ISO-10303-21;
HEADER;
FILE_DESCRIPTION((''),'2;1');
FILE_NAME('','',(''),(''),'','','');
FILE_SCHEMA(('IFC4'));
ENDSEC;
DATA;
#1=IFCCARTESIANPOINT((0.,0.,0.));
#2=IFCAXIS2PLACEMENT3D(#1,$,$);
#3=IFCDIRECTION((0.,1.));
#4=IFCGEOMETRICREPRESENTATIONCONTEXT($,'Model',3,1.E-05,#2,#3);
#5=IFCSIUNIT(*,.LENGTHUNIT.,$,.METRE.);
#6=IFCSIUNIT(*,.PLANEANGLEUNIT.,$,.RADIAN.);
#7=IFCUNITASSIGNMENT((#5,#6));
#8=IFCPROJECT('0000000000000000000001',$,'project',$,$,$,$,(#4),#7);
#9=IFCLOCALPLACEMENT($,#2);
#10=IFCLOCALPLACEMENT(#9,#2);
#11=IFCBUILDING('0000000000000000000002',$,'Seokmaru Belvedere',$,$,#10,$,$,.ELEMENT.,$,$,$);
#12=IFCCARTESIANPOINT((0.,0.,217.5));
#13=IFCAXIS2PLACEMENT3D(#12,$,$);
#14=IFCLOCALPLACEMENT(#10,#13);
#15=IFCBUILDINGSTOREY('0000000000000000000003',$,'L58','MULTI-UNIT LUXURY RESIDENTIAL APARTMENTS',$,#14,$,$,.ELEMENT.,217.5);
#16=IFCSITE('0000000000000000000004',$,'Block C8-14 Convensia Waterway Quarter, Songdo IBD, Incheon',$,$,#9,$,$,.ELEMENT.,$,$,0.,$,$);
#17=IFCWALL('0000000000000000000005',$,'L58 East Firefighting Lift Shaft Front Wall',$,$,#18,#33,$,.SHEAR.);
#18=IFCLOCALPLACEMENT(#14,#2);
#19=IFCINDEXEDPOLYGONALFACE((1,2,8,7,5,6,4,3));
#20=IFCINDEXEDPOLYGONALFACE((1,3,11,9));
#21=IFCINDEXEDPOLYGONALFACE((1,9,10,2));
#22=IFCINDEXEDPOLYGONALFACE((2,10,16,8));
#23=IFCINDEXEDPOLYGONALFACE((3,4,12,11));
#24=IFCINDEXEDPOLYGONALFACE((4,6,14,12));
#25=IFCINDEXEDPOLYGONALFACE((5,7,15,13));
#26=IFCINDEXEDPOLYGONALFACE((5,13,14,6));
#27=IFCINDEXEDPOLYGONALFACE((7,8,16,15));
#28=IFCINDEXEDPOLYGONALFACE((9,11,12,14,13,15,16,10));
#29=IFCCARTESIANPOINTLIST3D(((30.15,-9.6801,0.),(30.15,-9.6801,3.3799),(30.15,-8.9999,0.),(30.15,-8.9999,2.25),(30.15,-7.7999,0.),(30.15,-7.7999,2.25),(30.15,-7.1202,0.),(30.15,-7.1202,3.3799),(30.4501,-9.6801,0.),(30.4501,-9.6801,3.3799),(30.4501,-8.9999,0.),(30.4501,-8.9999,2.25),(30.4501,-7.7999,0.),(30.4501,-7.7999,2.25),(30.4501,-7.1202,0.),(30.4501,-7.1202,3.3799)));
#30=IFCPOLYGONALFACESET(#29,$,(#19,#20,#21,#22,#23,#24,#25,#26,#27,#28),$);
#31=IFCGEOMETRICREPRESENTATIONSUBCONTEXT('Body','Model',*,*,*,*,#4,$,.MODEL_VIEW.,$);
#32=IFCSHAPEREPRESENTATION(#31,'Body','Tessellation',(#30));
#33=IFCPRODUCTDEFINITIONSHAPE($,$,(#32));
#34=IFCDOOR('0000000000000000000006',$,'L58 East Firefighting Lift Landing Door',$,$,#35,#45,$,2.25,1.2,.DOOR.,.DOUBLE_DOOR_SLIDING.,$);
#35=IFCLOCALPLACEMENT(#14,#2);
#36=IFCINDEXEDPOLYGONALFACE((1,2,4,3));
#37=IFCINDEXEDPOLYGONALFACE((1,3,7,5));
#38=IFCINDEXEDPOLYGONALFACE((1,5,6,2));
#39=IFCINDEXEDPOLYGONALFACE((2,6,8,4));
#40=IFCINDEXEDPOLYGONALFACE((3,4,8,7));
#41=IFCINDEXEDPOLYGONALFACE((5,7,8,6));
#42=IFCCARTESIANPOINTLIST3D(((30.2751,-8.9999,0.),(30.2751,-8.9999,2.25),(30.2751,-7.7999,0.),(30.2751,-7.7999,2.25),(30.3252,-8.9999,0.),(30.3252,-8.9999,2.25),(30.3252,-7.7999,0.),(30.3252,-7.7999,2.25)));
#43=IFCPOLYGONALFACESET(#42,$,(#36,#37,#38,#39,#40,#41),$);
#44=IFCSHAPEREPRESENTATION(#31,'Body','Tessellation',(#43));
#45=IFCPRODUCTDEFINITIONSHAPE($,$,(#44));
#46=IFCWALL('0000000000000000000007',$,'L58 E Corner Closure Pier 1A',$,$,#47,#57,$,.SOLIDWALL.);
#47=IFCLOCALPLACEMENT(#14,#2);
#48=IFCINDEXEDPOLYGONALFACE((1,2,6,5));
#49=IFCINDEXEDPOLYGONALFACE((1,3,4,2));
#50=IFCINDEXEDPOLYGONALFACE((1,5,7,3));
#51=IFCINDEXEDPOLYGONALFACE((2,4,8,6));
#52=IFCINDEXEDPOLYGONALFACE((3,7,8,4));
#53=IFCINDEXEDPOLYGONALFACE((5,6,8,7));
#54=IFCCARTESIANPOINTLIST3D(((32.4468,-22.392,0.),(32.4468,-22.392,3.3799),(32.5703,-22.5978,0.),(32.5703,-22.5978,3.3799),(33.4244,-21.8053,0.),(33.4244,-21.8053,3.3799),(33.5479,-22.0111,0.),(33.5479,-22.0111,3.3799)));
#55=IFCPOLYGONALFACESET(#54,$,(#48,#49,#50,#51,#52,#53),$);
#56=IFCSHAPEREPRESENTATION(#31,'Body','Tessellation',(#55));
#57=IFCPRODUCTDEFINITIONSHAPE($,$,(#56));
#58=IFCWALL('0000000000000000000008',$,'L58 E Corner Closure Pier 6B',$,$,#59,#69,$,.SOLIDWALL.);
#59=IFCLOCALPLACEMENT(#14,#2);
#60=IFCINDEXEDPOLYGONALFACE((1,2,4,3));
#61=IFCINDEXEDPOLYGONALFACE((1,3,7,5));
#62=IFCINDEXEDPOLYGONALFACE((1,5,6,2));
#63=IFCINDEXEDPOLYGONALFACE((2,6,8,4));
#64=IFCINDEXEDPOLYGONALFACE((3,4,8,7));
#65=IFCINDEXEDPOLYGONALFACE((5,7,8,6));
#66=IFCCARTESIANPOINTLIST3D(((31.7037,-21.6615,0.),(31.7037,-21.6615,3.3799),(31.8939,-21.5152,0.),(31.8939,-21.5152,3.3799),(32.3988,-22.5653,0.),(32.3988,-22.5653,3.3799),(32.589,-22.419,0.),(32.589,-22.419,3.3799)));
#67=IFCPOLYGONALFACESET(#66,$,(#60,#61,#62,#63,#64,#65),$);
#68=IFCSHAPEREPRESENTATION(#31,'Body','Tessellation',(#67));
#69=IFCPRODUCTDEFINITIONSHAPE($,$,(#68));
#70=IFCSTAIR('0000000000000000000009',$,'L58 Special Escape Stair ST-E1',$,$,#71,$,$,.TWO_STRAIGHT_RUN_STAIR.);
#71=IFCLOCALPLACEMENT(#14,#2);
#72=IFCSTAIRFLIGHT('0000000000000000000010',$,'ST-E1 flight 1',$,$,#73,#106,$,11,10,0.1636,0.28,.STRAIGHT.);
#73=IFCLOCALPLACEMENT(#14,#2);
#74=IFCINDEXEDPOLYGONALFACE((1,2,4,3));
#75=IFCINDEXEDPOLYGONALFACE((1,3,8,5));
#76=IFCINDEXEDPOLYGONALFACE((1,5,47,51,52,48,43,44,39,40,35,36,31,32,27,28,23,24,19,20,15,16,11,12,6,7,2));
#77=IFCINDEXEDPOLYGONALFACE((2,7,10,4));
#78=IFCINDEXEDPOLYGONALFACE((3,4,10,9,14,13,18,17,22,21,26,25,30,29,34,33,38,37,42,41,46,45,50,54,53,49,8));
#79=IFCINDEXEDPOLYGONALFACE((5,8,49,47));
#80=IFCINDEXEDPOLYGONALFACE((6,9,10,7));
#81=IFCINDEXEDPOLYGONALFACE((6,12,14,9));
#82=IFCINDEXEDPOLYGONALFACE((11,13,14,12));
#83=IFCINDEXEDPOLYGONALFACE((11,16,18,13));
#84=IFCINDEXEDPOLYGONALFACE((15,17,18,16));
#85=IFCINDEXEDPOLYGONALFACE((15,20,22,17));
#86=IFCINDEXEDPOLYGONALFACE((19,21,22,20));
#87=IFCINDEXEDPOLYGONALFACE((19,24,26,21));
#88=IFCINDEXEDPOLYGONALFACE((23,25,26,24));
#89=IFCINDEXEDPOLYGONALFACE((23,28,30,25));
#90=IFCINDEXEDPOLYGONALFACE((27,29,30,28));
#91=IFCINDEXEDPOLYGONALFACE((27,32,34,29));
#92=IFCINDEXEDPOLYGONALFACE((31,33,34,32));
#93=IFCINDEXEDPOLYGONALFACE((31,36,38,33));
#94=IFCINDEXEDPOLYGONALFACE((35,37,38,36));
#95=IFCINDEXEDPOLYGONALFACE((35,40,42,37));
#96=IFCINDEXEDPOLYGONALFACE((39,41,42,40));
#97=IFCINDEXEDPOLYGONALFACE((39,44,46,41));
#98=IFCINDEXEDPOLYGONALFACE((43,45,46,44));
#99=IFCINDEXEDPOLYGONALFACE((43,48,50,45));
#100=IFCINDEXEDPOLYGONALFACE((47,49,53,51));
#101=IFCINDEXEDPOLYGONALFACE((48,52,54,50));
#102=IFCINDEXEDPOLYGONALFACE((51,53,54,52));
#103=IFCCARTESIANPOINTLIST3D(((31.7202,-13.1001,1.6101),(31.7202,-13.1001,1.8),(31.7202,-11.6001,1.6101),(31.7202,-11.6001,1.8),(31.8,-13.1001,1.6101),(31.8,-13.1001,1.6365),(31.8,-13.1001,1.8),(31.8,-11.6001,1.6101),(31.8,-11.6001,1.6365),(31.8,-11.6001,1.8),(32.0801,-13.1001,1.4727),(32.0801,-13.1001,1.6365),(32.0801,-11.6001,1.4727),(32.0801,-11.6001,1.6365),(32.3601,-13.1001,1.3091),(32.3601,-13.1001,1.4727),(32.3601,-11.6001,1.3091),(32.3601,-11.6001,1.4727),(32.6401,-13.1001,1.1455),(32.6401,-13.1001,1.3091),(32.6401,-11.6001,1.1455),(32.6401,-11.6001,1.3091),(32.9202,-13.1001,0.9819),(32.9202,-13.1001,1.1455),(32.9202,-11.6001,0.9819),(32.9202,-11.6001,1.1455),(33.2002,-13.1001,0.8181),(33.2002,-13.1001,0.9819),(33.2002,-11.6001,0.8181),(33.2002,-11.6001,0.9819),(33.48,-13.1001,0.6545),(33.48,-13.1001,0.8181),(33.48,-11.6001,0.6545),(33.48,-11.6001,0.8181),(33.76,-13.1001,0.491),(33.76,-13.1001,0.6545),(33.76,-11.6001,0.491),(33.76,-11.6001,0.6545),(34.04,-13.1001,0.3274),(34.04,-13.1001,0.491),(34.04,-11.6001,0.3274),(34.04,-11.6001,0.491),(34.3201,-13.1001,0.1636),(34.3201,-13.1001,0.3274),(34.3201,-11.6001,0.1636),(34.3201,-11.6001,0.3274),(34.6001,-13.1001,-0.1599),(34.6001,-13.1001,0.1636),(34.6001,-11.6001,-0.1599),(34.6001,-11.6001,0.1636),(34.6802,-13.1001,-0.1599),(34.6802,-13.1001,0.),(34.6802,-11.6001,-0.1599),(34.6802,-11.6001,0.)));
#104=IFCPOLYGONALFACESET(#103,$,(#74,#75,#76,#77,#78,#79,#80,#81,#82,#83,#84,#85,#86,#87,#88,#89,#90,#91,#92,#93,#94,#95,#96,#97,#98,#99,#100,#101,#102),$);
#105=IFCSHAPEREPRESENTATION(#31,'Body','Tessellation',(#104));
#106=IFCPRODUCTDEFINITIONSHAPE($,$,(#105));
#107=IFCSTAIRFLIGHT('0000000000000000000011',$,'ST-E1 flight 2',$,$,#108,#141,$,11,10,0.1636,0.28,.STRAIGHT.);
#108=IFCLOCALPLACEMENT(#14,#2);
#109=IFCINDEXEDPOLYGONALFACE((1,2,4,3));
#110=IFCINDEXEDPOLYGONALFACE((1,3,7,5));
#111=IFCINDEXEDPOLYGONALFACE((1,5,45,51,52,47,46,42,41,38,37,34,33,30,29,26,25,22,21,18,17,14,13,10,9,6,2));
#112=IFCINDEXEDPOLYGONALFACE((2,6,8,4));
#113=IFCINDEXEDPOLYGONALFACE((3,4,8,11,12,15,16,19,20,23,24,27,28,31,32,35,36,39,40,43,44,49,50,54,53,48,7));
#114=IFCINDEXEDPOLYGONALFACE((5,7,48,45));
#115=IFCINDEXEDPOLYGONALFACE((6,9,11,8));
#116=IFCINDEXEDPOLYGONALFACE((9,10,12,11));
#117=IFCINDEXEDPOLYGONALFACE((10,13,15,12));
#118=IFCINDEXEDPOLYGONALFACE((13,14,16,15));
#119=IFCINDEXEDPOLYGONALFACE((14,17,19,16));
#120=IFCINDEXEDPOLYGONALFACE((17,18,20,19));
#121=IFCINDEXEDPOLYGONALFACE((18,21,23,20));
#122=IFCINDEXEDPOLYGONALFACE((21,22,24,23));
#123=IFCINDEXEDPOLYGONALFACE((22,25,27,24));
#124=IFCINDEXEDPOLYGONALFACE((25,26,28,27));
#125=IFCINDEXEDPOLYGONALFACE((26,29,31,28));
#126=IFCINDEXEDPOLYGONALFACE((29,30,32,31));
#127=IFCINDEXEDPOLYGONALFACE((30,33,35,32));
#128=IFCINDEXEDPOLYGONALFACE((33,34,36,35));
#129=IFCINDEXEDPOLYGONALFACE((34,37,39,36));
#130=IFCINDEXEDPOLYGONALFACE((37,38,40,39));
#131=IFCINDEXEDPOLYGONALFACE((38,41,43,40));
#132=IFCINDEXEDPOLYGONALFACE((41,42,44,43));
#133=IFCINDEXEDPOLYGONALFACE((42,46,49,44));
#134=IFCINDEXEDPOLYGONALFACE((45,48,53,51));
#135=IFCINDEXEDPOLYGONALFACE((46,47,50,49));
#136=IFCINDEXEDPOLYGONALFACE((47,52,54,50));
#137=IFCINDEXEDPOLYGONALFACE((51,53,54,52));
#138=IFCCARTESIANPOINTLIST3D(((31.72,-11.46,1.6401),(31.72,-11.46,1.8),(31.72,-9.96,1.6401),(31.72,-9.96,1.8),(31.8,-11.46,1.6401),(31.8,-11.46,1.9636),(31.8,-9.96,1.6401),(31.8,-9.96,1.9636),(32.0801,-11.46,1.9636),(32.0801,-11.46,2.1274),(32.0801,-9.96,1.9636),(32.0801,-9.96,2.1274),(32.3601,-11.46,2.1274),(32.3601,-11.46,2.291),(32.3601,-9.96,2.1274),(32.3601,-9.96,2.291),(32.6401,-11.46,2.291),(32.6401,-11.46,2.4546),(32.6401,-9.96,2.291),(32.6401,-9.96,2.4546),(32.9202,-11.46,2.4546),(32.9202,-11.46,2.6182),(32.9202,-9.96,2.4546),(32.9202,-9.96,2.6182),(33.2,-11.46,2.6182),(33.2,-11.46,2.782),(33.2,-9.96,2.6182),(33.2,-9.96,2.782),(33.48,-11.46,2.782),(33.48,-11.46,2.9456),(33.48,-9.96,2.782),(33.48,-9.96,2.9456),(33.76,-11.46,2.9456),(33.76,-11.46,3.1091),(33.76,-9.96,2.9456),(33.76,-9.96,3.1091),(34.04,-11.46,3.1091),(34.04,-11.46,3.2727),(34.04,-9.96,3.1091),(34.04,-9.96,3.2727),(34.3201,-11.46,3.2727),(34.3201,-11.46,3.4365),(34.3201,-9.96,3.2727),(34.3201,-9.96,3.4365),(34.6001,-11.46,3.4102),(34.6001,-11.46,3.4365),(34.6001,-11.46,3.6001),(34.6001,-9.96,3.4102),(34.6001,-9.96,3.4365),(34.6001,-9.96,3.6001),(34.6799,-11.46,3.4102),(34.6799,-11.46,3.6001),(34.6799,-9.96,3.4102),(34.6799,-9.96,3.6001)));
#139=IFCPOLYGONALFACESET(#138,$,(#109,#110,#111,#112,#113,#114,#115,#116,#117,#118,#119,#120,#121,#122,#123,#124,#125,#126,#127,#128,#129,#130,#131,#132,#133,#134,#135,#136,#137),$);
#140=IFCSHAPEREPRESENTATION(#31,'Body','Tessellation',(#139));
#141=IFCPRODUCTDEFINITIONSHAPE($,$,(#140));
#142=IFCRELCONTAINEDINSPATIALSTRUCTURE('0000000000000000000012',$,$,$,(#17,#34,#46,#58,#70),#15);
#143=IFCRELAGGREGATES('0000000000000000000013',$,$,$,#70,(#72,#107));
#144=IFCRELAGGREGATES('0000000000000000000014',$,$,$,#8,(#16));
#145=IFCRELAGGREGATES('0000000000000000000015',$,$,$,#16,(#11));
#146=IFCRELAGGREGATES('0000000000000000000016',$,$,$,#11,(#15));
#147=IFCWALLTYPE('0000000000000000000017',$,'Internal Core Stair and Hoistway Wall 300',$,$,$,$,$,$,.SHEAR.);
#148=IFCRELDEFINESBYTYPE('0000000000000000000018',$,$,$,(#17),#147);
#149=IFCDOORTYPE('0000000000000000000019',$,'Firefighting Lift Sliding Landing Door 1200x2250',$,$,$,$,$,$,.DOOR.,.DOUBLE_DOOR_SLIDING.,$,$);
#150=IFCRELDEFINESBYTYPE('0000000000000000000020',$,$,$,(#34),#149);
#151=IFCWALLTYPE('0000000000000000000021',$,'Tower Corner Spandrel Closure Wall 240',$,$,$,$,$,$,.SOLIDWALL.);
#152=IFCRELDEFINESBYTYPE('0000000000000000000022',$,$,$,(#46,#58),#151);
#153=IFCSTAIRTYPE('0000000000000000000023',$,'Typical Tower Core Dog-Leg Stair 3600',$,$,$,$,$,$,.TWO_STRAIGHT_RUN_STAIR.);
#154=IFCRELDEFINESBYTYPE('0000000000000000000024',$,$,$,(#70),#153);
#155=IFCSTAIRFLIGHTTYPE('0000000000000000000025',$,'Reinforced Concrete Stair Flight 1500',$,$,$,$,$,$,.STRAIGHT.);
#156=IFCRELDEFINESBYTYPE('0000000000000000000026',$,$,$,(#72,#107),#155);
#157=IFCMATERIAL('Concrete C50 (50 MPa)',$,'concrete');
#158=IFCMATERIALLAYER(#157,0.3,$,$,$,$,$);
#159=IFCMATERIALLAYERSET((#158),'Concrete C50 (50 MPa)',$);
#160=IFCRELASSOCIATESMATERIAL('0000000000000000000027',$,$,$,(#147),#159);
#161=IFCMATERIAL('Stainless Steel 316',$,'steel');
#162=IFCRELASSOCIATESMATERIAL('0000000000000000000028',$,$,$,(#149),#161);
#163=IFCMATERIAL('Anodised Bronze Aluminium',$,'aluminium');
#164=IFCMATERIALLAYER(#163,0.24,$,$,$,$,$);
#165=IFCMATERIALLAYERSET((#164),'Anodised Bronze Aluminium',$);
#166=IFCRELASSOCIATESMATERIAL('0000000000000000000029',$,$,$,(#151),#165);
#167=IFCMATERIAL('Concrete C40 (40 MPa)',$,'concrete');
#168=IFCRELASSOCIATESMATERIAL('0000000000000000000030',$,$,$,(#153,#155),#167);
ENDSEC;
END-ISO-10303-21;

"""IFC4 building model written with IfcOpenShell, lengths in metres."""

from ifc_helpers import new_model, si_unit, direction, frame, frame_2d, origin, place, context, subcontext, project, spatial, polyline, rectangle, outline, extrude, source, transform, mapped, material, layer, layer_set, type_object, type_shapes, element, fill, aggregate, save


model = new_model("IFC4")

# Units and contexts
model_context = context("Model", 3, precision=1e-05, world=origin(), true_north=direction((0.0, 1.0)))
body_context = subcontext(model_context, "Body", "Model", "MODEL_VIEW")
ifc_project = project(units=[si_unit("LENGTHUNIT", "METRE"), si_unit("PLANEANGLEUNIT", "RADIAN")], contexts=[model_context])

# Site, building, storey
site_placement = place(None, origin())
site = spatial("IfcSite", under=ifc_project, at=site_placement, Name="Block C8-14 Convensia Waterway Quarter, Songdo IBD, Incheon", CompositionType="ELEMENT", RefElevation=0.0)
building_placement = place(site_placement, origin())
building = spatial("IfcBuilding", under=site, at=building_placement, Name="Seokmaru Belvedere", CompositionType="ELEMENT")
storey_placement = place(building_placement, frame((0.0, 0.0, 217.5)))
storey = spatial("IfcBuildingStorey", under=building, at=storey_placement, Name="L58", Description="MULTI-UNIT LUXURY RESIDENTIAL APARTMENTS", CompositionType="ELEMENT", Elevation=217.5)

# Shared definitions
ifc_material_1 = material(Name="Anodised Bronze Aluminium", Category="aluminium")

# Wall, opening, door
ifc_material_2 = material(Name="Concrete C50 (50 MPa)", Category="concrete")
ifc_layer_1 = layer(ifc_material_2, 0.3)
ifc_layer_set_1 = layer_set([ifc_layer_1], Name="Concrete C50 (50 MPa)")
wall_type_1 = type_object("IfcWallType", Name="Internal Core Stair and Hoistway Wall 300", PredefinedType="SHEAR", material=ifc_layer_set_1)
wall_1_placement = place(storey_placement, frame((30.3, -9.6799, 0.0), z_axis=(0.0, 0.0, 1.0), x_axis=(0.0, 1.0, 0.0)))
wall_1 = element("IfcWall", 1, at=wall_1_placement, inside=storey, type_object=wall_type_1, Name="L58 East Firefighting Lift Shaft Front Wall", PredefinedType="SHEAR", context=body_context, shape_type="SweptSolid", body=[
    extrude(rectangle(XDim=2.5598, YDim=0.3, at=frame_2d((1.2798, 0.0))), origin(), (0.0, 0.0, 1.0), 3.3799),
])
opening_placement = place(wall_1_placement, frame((0.6799, 0.0, 0.0)))
opening = element("IfcOpeningElement", 2, at=opening_placement, cuts=wall_1, PredefinedType="OPENING", context=body_context, shape_type="SweptSolid", body=[
    extrude(rectangle(XDim=1.2, YDim=2.25, at=frame_2d((0.6001, 1.125))), frame((0.0, 0.1602, 0.0), z_axis=(0.0, -1.0, 0.0), x_axis=(1.0, 0.0, 0.0)), (0.0, 0.0, 1.0), 0.3201),
])
ifc_material_3 = material(Name="Stainless Steel 316", Category="steel")
door_type = type_object("IfcDoorType", Name="Firefighting Lift Sliding Landing Door 1200x2250", OperationType="DOUBLE_DOOR_SLIDING", PredefinedType="DOOR", material=ifc_material_3)
shared_shape_1 = source(origin(), body_context, "Body", "SweptSolid", [
    extrude(rectangle(XDim=1.2, YDim=2.25, at=frame_2d((0.6001, 1.125))), frame((0.0, 0.0249, 0.0), z_axis=(0.0, -1.0, 0.0), x_axis=(1.0, 0.0, 0.0)), (0.0, 0.0, 1.0), 0.05),
])
type_shapes(door_type, [shared_shape_1])
door_placement = place(opening_placement, origin())
door = element("IfcDoor", 3, at=door_placement, inside=storey, type_object=door_type, Name="L58 East Firefighting Lift Landing Door", OperationType="DOUBLE_DOOR_SLIDING", OverallHeight=2.25, OverallWidth=1.2, PredefinedType="DOOR", context=body_context, shape_type="MappedRepresentation", body=[
    mapped(shared_shape_1, transform((0.0, 0.0, 0.0), scale=1.0)),
])
fill(opening, door)

# Walls
ifc_layer_2 = layer(ifc_material_1, 0.24)
ifc_layer_set_2 = layer_set([ifc_layer_2], Name="Anodised Bronze Aluminium")
wall_type_2 = type_object("IfcWallType", Name="Tower Corner Spandrel Closure Wall 240", PredefinedType="SOLIDWALL", material=ifc_layer_set_2)
for number, where, z_axis, x_axis, name in (
    (4, (32.5085, -22.4949, 0.0), (0.0, 0.0, 1.0), (0.857436, 0.51459, 0.0), "L58 E Corner Closure Pier 1A"),
    (5, (31.7988, -21.5884, 0.0), (0.0, 0.0, 1.0), (0.609618, -0.792696, 0.0), "L58 E Corner Closure Pier 6B"),
):
    element("IfcWall", number, at=place(storey_placement, frame(where, z_axis=z_axis, x_axis=x_axis)), inside=storey, type_object=wall_type_2, Name=name, PredefinedType="SOLIDWALL", context=body_context, shape_type="SweptSolid", body=[
        extrude(rectangle(XDim=1.1401, YDim=0.24, at=frame_2d((0.5701, 0.0))), origin(), (0.0, 0.0, 1.0), 3.3799),
    ])

# Stair, stair flights
ifc_material_4 = material(Name="Concrete C40 (40 MPa)", Category="concrete")
stair_type = type_object("IfcStairType", Name="Typical Tower Core Dog-Leg Stair 3600", PredefinedType="TWO_STRAIGHT_RUN_STAIR", material=ifc_material_4)
stair_placement = place(storey_placement, origin())
stair = element("IfcStair", 6, at=stair_placement, inside=storey, type_object=stair_type, Name="L58 Special Escape Stair ST-E1", PredefinedType="TWO_STRAIGHT_RUN_STAIR")
stair_flight_type = type_object("IfcStairFlightType", Name="Reinforced Concrete Stair Flight 1500", PredefinedType="STRAIGHT", material=ifc_material_4)
stair_flight_1_placement = place(storey_placement, frame((34.6001, -12.3501, 0.0), z_axis=(0.0, 0.0, 1.0), x_axis=(-1.0, 0.0, 0.0)))
stair_flight_1 = element("IfcStairFlight", 7, at=stair_flight_1_placement, type_object=stair_flight_type, Name="ST-E1 flight 1", NumberOfRisers=11, NumberOfTreads=10, PredefinedType="STRAIGHT", RiserHeight=0.1636, TreadLength=0.28, context=body_context, shape_type="SweptSolid", body=[
    extrude(outline(polyline([(-0.0801, 0.0), (0.0, 0.1636), (0.28, 0.1636), (0.28, 0.3274), (0.5601, 0.3274), (0.5601, 0.491), (0.8401, 0.491), (0.8401, 0.6545), (1.1201, 0.6545), (1.1201, 0.8181), (1.3999, 0.8181), (1.3999, 0.9819), (1.6799, 0.9819), (1.6799, 1.1455), (1.96, 1.1455), (1.96, 1.3091), (2.24, 1.3091), (2.24, 1.4727), (2.52, 1.4727), (2.52, 1.6365), (2.8, 1.6365), (2.8, 1.8), (2.8799, 1.8), (2.8799, 1.6101), (2.8, 1.6101), (0.0, -0.1599), (-0.0801, -0.1599), (-0.0801, 0.0)])), frame((0.0, 0.75, 0.0), z_axis=(0.0, -1.0, 0.0), x_axis=(1.0, 0.0, 0.0)), (0.0, 0.0, 1.0), 1.5),
])
stair_flight_2_placement = place(storey_placement, frame((31.8, -10.71, 1.8), z_axis=(0.0, 0.0, 1.0), x_axis=(1.0, 0.0, 0.0)))
stair_flight_2 = element("IfcStairFlight", 8, at=stair_flight_2_placement, type_object=stair_flight_type, Name="ST-E1 flight 2", NumberOfRisers=11, NumberOfTreads=10, PredefinedType="STRAIGHT", RiserHeight=0.1636, TreadLength=0.28, context=body_context, shape_type="SweptSolid", body=[
    extrude(outline(polyline([(-0.0801, 0.0), (0.0, 0.1636), (0.28, 0.1636), (0.28, 0.3274), (0.5601, 0.3274), (0.5601, 0.491), (0.8401, 0.491), (0.8401, 0.6545), (1.1201, 0.6545), (1.1201, 0.8181), (1.3999, 0.8181), (1.3999, 0.9819), (1.6799, 0.9819), (1.6799, 1.1455), (1.96, 1.1455), (1.96, 1.3091), (2.24, 1.3091), (2.24, 1.4727), (2.52, 1.4727), (2.52, 1.6365), (2.8, 1.6365), (2.8, 1.8), (2.8799, 1.8), (2.8799, 1.6101), (2.8, 1.6101), (0.0, -0.1599), (-0.0801, -0.1599), (-0.0801, 0.0)])), frame((0.0, 0.75, 0.0), z_axis=(0.0, -1.0, 0.0), x_axis=(1.0, 0.0, 0.0)), (0.0, 0.0, 1.0), 1.5),
])
aggregate(stair, [stair_flight_1, stair_flight_2])

save(model, "model.ifc")
